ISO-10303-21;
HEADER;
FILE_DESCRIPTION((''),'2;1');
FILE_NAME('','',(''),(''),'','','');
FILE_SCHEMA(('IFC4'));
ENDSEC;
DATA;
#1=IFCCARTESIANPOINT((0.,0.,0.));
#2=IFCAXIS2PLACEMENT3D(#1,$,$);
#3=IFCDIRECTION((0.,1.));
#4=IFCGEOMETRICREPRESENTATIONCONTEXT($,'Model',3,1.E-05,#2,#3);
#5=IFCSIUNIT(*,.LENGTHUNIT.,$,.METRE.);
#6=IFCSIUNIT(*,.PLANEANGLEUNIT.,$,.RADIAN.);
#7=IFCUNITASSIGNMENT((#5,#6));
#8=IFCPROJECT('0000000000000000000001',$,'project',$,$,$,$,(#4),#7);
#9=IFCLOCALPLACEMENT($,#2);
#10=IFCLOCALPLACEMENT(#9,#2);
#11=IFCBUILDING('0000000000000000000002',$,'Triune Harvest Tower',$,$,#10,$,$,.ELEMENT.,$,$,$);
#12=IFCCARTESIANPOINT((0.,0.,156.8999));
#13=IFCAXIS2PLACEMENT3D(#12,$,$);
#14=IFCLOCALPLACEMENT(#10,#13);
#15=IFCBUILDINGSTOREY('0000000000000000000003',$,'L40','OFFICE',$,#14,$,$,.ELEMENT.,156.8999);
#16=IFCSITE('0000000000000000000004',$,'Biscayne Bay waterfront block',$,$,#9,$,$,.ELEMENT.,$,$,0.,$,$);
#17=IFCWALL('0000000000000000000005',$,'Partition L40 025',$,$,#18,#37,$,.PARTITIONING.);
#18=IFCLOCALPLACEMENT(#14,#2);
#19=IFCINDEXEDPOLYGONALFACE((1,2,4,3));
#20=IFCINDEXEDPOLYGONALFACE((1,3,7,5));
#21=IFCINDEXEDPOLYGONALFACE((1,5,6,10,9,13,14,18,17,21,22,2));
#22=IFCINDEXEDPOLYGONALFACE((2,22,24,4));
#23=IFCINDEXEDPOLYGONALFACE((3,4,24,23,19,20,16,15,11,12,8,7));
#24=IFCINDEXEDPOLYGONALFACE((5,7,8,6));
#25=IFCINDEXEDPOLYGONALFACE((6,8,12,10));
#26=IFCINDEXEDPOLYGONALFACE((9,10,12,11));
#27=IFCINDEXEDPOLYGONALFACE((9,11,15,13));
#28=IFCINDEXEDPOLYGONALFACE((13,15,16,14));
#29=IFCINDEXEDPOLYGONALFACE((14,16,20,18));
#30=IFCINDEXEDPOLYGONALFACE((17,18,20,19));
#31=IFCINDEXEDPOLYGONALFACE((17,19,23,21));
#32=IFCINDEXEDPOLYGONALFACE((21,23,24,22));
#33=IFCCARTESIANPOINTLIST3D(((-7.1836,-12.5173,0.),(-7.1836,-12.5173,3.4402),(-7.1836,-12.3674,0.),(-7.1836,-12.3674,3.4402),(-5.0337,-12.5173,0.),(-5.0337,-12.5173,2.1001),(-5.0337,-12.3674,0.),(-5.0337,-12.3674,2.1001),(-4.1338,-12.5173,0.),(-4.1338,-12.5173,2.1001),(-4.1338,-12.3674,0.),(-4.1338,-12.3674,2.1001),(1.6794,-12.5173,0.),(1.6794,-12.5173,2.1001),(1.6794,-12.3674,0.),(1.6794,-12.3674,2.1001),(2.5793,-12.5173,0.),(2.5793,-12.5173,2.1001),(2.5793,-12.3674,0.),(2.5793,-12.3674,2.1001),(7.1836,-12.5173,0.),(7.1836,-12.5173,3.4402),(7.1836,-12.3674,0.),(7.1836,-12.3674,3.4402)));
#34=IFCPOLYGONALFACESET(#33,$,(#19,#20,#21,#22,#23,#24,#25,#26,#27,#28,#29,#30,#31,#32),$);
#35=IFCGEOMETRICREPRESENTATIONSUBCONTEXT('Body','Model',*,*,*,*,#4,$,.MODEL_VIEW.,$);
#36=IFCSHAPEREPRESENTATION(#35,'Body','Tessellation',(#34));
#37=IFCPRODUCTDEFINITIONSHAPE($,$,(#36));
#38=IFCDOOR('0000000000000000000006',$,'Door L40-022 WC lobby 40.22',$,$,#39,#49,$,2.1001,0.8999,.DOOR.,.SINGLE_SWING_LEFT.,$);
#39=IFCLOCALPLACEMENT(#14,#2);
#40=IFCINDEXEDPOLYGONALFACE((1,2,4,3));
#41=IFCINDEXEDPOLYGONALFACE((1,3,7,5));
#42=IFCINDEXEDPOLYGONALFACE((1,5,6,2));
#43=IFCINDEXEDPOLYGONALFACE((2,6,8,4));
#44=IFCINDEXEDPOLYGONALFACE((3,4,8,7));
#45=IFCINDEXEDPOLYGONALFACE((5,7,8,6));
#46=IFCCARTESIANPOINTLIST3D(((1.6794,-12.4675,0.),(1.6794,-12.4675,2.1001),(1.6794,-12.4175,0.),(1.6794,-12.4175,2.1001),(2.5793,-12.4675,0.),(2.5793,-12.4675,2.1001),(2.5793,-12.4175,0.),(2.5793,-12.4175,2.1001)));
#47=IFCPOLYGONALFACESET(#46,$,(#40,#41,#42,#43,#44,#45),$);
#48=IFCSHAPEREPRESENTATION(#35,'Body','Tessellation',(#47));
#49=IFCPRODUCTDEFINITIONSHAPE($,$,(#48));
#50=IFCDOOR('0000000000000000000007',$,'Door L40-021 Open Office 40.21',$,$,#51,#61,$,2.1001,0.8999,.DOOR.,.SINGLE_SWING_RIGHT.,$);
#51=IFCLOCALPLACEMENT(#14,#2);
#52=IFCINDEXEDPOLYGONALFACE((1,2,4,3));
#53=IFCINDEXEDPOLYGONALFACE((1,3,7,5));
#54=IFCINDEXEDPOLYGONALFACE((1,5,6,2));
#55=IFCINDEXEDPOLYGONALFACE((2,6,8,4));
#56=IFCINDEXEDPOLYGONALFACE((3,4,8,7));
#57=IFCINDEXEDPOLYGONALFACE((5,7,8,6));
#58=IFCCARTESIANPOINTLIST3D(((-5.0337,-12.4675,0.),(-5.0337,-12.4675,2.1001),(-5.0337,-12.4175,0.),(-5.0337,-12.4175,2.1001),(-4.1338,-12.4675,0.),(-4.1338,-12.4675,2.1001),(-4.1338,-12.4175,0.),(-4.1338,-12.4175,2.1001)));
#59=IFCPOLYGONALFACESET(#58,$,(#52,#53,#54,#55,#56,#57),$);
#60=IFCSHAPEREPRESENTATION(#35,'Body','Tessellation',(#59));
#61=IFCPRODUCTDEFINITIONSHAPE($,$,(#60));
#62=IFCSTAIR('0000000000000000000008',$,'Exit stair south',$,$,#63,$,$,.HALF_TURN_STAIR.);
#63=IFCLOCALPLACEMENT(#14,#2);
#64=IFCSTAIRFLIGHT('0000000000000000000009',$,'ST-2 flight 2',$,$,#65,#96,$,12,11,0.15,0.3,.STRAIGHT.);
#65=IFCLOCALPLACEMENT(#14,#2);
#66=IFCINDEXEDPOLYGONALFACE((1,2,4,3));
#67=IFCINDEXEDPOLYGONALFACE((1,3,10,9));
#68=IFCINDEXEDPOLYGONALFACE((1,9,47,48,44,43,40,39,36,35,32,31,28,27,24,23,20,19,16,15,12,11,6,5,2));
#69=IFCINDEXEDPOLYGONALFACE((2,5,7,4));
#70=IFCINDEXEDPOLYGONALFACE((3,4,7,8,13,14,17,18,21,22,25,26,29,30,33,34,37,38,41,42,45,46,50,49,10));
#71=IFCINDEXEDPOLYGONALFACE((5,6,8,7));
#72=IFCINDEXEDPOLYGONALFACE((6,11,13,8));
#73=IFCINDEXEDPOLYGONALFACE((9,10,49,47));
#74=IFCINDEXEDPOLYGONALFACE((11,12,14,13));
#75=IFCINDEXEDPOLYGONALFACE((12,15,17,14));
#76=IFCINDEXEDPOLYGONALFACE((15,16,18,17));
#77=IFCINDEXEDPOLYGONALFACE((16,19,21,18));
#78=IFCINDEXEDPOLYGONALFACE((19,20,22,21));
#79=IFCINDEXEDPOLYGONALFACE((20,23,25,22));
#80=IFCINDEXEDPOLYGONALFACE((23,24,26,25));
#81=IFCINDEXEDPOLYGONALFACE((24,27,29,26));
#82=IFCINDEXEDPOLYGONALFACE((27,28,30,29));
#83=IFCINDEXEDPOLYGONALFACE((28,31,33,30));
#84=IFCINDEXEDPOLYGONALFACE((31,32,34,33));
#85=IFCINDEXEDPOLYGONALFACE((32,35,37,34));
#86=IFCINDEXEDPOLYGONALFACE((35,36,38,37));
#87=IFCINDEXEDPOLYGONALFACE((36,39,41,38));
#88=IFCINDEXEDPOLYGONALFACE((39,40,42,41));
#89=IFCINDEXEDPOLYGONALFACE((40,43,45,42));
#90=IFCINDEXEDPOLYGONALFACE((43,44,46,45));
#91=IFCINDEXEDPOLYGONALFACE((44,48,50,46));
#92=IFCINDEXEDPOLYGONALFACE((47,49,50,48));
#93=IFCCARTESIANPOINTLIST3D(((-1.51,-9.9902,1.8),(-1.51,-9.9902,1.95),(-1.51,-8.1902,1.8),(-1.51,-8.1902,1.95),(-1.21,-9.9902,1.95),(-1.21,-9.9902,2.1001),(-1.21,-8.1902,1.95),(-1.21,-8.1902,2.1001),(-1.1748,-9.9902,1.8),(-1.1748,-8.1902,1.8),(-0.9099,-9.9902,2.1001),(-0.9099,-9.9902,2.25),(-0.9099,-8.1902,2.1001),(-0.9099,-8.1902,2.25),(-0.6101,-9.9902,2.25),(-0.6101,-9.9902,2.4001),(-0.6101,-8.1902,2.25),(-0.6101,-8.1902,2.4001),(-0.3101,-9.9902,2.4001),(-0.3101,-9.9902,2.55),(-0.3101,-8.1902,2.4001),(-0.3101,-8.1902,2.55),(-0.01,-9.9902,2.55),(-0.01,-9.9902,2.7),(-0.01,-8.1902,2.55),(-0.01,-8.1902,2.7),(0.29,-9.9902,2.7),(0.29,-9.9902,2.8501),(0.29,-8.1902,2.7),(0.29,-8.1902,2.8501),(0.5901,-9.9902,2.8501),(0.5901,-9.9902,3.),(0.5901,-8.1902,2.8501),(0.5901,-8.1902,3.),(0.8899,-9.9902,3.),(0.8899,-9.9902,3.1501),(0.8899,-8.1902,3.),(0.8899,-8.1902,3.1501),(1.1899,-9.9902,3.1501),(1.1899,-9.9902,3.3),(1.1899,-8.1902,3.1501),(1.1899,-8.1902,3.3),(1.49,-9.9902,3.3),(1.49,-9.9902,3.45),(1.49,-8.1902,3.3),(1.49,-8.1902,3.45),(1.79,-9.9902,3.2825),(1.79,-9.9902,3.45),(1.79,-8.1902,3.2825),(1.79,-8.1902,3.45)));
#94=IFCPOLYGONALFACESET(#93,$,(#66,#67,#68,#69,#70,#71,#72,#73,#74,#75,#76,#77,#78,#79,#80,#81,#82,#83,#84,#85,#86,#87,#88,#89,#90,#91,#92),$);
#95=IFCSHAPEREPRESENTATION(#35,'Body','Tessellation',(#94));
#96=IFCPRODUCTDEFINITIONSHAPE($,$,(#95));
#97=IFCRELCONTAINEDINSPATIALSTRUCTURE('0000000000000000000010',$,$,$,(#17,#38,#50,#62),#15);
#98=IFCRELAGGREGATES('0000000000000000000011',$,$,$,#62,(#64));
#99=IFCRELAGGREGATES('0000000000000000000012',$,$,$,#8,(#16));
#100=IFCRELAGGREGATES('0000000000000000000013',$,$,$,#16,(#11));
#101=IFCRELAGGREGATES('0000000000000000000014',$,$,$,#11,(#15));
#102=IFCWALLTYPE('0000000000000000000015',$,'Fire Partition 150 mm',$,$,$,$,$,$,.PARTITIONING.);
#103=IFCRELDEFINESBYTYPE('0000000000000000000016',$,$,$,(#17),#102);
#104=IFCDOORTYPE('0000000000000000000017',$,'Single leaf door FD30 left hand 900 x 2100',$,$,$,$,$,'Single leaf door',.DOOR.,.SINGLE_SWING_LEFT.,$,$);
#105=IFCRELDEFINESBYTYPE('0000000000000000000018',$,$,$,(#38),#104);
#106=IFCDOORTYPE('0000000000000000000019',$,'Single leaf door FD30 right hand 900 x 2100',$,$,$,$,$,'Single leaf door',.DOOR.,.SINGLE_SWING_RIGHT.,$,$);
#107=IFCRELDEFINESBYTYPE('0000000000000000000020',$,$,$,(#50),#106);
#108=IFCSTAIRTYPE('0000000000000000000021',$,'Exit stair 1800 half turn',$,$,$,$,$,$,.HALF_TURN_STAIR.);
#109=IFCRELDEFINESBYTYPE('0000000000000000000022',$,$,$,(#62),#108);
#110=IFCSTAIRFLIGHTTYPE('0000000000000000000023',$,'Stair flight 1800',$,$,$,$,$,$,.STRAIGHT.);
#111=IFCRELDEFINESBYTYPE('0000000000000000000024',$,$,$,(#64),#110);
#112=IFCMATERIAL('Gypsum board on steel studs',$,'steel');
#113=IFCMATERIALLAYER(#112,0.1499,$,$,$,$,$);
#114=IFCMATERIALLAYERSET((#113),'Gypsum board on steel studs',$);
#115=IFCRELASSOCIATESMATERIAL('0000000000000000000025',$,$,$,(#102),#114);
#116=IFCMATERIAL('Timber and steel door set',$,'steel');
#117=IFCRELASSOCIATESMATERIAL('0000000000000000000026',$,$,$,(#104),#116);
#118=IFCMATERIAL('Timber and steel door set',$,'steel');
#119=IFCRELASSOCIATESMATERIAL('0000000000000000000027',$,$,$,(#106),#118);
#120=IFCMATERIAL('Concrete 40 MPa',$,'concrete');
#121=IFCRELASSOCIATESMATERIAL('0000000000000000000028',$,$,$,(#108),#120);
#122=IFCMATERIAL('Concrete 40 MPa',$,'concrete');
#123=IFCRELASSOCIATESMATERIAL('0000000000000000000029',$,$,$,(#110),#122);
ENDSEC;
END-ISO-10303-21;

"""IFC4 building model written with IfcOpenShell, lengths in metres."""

from ifc_helpers import new_model, si_unit, direction, frame, frame_2d, origin, place, context, subcontext, project, spatial, polyline, rectangle, outline, extrude, source, transform, mapped, material, layer, layer_set, type_object, element, fill, aggregate, save


model = new_model("IFC4")

# Units and contexts
model_context = context("Model", 3, precision=1e-05, world=origin(), true_north=direction((0.0, 1.0)))
body_context = subcontext(model_context, "Body", "Model", "MODEL_VIEW")
ifc_project = project(units=[si_unit("LENGTHUNIT", "METRE"), si_unit("PLANEANGLEUNIT", "RADIAN")], contexts=[model_context])

# Site, building, storey
site_placement = place(None, origin())
site = spatial("IfcSite", under=ifc_project, at=site_placement, Name="Biscayne Bay waterfront block", CompositionType="ELEMENT", RefElevation=0.0)
building_placement = place(site_placement, origin())
building = spatial("IfcBuilding", under=site, at=building_placement, Name="Triune Harvest Tower", CompositionType="ELEMENT")
storey_placement = place(building_placement, frame((0.0, 0.0, 156.8999)))
storey = spatial("IfcBuildingStorey", under=building, at=storey_placement, Name="L40", Description="OFFICE", CompositionType="ELEMENT", Elevation=156.8999)

# Shared definitions
ifc_material_1 = material(Name="Gypsum board on steel studs", Category="steel")
ifc_layer_1 = layer(ifc_material_1, 0.1499)
ifc_layer_set_1 = layer_set([ifc_layer_1], Name="Gypsum board on steel studs")
wall_type_1 = type_object("IfcWallType", Name="Fire Partition 150 mm", PredefinedType="PARTITIONING", material=ifc_layer_set_1)
ifc_material_2 = material(Name="Timber and steel door set", Category="steel")
door_type_1 = type_object("IfcDoorType", Name="Single leaf door FD30 left hand 900 x 2100", ElementType="Single leaf door", OperationType="SINGLE_SWING_LEFT", PredefinedType="DOOR", material=ifc_material_2)
ifc_material_3 = material(Name="Timber and steel door set", Category="steel")
door_type_2 = type_object("IfcDoorType", Name="Single leaf door FD30 right hand 900 x 2100", ElementType="Single leaf door", OperationType="SINGLE_SWING_RIGHT", PredefinedType="DOOR", material=ifc_material_3)

# Wall, openings, doors
shared_shape_1 = source(origin(), body_context, "Body", "SweptSolid", [
    extrude(rectangle(XDim=14.3672, YDim=0.1499, at=frame_2d((7.1836, 0.0))), origin(), (0.0, 0.0, 1.0), 3.4402),
])
wall_1_placement = place(storey_placement, frame((-7.1836, -12.4424, 0.0), z_axis=(0.0, 0.0, 1.0), x_axis=(1.0, 0.0, 0.0)))
wall_1 = element("IfcWall", 1, at=wall_1_placement, inside=storey, type_object=wall_type_1, Name="Partition L40 025", PredefinedType="PARTITIONING", context=body_context, shape_type="MappedRepresentation", body=[
    mapped(shared_shape_1, transform((0.0, 0.0, 0.0), scale=1.0)),
])
opening_1_placement = place(wall_1_placement, frame((2.1499, 0.0, 0.0)))
opening_1 = element("IfcOpeningElement", 2, at=opening_1_placement, cuts=wall_1, PredefinedType="OPENING", context=body_context, shape_type="SweptSolid", body=[
    extrude(rectangle(XDim=0.8999, YDim=2.1001, at=frame_2d((0.45, 1.05))), frame((0.0, 0.085, 0.0), z_axis=(0.0, -1.0, 0.0), x_axis=(1.0, 0.0, 0.0)), (0.0, 0.0, 1.0), 0.1699),
])
opening_2_placement = place(wall_1_placement, frame((8.863, 0.0, 0.0)))
opening_2 = element("IfcOpeningElement", 3, at=opening_2_placement, cuts=wall_1, PredefinedType="OPENING", context=body_context, shape_type="SweptSolid", body=[
    extrude(rectangle(XDim=0.8999, YDim=2.1001, at=frame_2d((0.45, 1.05))), frame((0.0, 0.085, 0.0), z_axis=(0.0, -1.0, 0.0), x_axis=(1.0, 0.0, 0.0)), (0.0, 0.0, 1.0), 0.1699),
])
door_1_placement = place(opening_2_placement, origin())
door_1 = element("IfcDoor", 4, at=door_1_placement, inside=storey, type_object=door_type_1, Name="Door L40-022 WC lobby 40.22", OperationType="SINGLE_SWING_LEFT", OverallHeight=2.1001, OverallWidth=0.8999, PredefinedType="DOOR", context=body_context, shape_type="SweptSolid", body=[
    extrude(rectangle(XDim=0.8999, YDim=2.1001, at=frame_2d((0.45, 1.05))), frame((0.0, 0.0249, 0.0), z_axis=(0.0, -1.0, 0.0), x_axis=(1.0, 0.0, 0.0)), (0.0, 0.0, 1.0), 0.05),
])
fill(opening_2, door_1)
door_2_placement = place(opening_1_placement, origin())
door_2 = element("IfcDoor", 5, at=door_2_placement, inside=storey, type_object=door_type_2, Name="Door L40-021 Open Office 40.21", OperationType="SINGLE_SWING_RIGHT", OverallHeight=2.1001, OverallWidth=0.8999, PredefinedType="DOOR", context=body_context, shape_type="SweptSolid", body=[
    extrude(rectangle(XDim=0.8999, YDim=2.1001, at=frame_2d((0.45, 1.05))), frame((0.0, 0.0249, 0.0), z_axis=(0.0, -1.0, 0.0), x_axis=(1.0, 0.0, 0.0)), (0.0, 0.0, 1.0), 0.05),
])
fill(opening_1, door_2)

# Stair, stair flight
ifc_material_4 = material(Name="Concrete 40 MPa", Category="concrete")
stair_type = type_object("IfcStairType", Name="Exit stair 1800 half turn", PredefinedType="HALF_TURN_STAIR", material=ifc_material_4)
stair_placement = place(storey_placement, origin())
stair = element("IfcStair", 6, at=stair_placement, inside=storey, type_object=stair_type, Name="Exit stair south", PredefinedType="HALF_TURN_STAIR")
ifc_material_5 = material(Name="Concrete 40 MPa", Category="concrete")
stair_flight_type = type_object("IfcStairFlightType", Name="Stair flight 1800", PredefinedType="STRAIGHT", material=ifc_material_5)
shared_shape_2 = source(origin(), body_context, "Body", "SweptSolid", [
    extrude(outline(polyline([(0.0, 0.0), (0.0, 0.1499), (0.3, 0.1499), (0.3, 0.3), (0.6001, 0.3), (0.6001, 0.45), (0.8999, 0.45), (0.8999, 0.6001), (1.2, 0.6001), (1.2, 0.75), (1.5, 0.75), (1.5, 0.8999), (1.8, 0.8999), (1.8, 1.05), (2.1001, 1.05), (2.1001, 1.2), (2.3999, 1.2), (2.3999, 1.3501), (2.7, 1.3501), (2.7, 1.5), (3.0, 1.5), (3.0, 1.6499), (3.3, 1.6499), (3.3, 1.8), (3.3, 1.4824), (0.3352, 0.0), (0.0, 0.0)])), frame((0.0, 0.8999, 0.0), z_axis=(0.0, -1.0, 0.0), x_axis=(1.0, 0.0, 0.0)), (0.0, 0.0, 1.0), 1.8),
])
stair_flight_placement = place(storey_placement, frame((-1.51, -9.0901, 1.8), z_axis=(0.0, 0.0, 1.0), x_axis=(1.0, 0.0, 0.0)))
stair_flight = element("IfcStairFlight", 7, at=stair_flight_placement, type_object=stair_flight_type, Name="ST-2 flight 2", NumberOfRisers=12, NumberOfTreads=11, PredefinedType="STRAIGHT", RiserHeight=0.15, TreadLength=0.3, context=body_context, shape_type="MappedRepresentation", body=[
    mapped(shared_shape_2, transform((0.0, 0.0, 0.0), scale=1.0)),
])
aggregate(stair, [stair_flight])

save(model, "model.ifc")
